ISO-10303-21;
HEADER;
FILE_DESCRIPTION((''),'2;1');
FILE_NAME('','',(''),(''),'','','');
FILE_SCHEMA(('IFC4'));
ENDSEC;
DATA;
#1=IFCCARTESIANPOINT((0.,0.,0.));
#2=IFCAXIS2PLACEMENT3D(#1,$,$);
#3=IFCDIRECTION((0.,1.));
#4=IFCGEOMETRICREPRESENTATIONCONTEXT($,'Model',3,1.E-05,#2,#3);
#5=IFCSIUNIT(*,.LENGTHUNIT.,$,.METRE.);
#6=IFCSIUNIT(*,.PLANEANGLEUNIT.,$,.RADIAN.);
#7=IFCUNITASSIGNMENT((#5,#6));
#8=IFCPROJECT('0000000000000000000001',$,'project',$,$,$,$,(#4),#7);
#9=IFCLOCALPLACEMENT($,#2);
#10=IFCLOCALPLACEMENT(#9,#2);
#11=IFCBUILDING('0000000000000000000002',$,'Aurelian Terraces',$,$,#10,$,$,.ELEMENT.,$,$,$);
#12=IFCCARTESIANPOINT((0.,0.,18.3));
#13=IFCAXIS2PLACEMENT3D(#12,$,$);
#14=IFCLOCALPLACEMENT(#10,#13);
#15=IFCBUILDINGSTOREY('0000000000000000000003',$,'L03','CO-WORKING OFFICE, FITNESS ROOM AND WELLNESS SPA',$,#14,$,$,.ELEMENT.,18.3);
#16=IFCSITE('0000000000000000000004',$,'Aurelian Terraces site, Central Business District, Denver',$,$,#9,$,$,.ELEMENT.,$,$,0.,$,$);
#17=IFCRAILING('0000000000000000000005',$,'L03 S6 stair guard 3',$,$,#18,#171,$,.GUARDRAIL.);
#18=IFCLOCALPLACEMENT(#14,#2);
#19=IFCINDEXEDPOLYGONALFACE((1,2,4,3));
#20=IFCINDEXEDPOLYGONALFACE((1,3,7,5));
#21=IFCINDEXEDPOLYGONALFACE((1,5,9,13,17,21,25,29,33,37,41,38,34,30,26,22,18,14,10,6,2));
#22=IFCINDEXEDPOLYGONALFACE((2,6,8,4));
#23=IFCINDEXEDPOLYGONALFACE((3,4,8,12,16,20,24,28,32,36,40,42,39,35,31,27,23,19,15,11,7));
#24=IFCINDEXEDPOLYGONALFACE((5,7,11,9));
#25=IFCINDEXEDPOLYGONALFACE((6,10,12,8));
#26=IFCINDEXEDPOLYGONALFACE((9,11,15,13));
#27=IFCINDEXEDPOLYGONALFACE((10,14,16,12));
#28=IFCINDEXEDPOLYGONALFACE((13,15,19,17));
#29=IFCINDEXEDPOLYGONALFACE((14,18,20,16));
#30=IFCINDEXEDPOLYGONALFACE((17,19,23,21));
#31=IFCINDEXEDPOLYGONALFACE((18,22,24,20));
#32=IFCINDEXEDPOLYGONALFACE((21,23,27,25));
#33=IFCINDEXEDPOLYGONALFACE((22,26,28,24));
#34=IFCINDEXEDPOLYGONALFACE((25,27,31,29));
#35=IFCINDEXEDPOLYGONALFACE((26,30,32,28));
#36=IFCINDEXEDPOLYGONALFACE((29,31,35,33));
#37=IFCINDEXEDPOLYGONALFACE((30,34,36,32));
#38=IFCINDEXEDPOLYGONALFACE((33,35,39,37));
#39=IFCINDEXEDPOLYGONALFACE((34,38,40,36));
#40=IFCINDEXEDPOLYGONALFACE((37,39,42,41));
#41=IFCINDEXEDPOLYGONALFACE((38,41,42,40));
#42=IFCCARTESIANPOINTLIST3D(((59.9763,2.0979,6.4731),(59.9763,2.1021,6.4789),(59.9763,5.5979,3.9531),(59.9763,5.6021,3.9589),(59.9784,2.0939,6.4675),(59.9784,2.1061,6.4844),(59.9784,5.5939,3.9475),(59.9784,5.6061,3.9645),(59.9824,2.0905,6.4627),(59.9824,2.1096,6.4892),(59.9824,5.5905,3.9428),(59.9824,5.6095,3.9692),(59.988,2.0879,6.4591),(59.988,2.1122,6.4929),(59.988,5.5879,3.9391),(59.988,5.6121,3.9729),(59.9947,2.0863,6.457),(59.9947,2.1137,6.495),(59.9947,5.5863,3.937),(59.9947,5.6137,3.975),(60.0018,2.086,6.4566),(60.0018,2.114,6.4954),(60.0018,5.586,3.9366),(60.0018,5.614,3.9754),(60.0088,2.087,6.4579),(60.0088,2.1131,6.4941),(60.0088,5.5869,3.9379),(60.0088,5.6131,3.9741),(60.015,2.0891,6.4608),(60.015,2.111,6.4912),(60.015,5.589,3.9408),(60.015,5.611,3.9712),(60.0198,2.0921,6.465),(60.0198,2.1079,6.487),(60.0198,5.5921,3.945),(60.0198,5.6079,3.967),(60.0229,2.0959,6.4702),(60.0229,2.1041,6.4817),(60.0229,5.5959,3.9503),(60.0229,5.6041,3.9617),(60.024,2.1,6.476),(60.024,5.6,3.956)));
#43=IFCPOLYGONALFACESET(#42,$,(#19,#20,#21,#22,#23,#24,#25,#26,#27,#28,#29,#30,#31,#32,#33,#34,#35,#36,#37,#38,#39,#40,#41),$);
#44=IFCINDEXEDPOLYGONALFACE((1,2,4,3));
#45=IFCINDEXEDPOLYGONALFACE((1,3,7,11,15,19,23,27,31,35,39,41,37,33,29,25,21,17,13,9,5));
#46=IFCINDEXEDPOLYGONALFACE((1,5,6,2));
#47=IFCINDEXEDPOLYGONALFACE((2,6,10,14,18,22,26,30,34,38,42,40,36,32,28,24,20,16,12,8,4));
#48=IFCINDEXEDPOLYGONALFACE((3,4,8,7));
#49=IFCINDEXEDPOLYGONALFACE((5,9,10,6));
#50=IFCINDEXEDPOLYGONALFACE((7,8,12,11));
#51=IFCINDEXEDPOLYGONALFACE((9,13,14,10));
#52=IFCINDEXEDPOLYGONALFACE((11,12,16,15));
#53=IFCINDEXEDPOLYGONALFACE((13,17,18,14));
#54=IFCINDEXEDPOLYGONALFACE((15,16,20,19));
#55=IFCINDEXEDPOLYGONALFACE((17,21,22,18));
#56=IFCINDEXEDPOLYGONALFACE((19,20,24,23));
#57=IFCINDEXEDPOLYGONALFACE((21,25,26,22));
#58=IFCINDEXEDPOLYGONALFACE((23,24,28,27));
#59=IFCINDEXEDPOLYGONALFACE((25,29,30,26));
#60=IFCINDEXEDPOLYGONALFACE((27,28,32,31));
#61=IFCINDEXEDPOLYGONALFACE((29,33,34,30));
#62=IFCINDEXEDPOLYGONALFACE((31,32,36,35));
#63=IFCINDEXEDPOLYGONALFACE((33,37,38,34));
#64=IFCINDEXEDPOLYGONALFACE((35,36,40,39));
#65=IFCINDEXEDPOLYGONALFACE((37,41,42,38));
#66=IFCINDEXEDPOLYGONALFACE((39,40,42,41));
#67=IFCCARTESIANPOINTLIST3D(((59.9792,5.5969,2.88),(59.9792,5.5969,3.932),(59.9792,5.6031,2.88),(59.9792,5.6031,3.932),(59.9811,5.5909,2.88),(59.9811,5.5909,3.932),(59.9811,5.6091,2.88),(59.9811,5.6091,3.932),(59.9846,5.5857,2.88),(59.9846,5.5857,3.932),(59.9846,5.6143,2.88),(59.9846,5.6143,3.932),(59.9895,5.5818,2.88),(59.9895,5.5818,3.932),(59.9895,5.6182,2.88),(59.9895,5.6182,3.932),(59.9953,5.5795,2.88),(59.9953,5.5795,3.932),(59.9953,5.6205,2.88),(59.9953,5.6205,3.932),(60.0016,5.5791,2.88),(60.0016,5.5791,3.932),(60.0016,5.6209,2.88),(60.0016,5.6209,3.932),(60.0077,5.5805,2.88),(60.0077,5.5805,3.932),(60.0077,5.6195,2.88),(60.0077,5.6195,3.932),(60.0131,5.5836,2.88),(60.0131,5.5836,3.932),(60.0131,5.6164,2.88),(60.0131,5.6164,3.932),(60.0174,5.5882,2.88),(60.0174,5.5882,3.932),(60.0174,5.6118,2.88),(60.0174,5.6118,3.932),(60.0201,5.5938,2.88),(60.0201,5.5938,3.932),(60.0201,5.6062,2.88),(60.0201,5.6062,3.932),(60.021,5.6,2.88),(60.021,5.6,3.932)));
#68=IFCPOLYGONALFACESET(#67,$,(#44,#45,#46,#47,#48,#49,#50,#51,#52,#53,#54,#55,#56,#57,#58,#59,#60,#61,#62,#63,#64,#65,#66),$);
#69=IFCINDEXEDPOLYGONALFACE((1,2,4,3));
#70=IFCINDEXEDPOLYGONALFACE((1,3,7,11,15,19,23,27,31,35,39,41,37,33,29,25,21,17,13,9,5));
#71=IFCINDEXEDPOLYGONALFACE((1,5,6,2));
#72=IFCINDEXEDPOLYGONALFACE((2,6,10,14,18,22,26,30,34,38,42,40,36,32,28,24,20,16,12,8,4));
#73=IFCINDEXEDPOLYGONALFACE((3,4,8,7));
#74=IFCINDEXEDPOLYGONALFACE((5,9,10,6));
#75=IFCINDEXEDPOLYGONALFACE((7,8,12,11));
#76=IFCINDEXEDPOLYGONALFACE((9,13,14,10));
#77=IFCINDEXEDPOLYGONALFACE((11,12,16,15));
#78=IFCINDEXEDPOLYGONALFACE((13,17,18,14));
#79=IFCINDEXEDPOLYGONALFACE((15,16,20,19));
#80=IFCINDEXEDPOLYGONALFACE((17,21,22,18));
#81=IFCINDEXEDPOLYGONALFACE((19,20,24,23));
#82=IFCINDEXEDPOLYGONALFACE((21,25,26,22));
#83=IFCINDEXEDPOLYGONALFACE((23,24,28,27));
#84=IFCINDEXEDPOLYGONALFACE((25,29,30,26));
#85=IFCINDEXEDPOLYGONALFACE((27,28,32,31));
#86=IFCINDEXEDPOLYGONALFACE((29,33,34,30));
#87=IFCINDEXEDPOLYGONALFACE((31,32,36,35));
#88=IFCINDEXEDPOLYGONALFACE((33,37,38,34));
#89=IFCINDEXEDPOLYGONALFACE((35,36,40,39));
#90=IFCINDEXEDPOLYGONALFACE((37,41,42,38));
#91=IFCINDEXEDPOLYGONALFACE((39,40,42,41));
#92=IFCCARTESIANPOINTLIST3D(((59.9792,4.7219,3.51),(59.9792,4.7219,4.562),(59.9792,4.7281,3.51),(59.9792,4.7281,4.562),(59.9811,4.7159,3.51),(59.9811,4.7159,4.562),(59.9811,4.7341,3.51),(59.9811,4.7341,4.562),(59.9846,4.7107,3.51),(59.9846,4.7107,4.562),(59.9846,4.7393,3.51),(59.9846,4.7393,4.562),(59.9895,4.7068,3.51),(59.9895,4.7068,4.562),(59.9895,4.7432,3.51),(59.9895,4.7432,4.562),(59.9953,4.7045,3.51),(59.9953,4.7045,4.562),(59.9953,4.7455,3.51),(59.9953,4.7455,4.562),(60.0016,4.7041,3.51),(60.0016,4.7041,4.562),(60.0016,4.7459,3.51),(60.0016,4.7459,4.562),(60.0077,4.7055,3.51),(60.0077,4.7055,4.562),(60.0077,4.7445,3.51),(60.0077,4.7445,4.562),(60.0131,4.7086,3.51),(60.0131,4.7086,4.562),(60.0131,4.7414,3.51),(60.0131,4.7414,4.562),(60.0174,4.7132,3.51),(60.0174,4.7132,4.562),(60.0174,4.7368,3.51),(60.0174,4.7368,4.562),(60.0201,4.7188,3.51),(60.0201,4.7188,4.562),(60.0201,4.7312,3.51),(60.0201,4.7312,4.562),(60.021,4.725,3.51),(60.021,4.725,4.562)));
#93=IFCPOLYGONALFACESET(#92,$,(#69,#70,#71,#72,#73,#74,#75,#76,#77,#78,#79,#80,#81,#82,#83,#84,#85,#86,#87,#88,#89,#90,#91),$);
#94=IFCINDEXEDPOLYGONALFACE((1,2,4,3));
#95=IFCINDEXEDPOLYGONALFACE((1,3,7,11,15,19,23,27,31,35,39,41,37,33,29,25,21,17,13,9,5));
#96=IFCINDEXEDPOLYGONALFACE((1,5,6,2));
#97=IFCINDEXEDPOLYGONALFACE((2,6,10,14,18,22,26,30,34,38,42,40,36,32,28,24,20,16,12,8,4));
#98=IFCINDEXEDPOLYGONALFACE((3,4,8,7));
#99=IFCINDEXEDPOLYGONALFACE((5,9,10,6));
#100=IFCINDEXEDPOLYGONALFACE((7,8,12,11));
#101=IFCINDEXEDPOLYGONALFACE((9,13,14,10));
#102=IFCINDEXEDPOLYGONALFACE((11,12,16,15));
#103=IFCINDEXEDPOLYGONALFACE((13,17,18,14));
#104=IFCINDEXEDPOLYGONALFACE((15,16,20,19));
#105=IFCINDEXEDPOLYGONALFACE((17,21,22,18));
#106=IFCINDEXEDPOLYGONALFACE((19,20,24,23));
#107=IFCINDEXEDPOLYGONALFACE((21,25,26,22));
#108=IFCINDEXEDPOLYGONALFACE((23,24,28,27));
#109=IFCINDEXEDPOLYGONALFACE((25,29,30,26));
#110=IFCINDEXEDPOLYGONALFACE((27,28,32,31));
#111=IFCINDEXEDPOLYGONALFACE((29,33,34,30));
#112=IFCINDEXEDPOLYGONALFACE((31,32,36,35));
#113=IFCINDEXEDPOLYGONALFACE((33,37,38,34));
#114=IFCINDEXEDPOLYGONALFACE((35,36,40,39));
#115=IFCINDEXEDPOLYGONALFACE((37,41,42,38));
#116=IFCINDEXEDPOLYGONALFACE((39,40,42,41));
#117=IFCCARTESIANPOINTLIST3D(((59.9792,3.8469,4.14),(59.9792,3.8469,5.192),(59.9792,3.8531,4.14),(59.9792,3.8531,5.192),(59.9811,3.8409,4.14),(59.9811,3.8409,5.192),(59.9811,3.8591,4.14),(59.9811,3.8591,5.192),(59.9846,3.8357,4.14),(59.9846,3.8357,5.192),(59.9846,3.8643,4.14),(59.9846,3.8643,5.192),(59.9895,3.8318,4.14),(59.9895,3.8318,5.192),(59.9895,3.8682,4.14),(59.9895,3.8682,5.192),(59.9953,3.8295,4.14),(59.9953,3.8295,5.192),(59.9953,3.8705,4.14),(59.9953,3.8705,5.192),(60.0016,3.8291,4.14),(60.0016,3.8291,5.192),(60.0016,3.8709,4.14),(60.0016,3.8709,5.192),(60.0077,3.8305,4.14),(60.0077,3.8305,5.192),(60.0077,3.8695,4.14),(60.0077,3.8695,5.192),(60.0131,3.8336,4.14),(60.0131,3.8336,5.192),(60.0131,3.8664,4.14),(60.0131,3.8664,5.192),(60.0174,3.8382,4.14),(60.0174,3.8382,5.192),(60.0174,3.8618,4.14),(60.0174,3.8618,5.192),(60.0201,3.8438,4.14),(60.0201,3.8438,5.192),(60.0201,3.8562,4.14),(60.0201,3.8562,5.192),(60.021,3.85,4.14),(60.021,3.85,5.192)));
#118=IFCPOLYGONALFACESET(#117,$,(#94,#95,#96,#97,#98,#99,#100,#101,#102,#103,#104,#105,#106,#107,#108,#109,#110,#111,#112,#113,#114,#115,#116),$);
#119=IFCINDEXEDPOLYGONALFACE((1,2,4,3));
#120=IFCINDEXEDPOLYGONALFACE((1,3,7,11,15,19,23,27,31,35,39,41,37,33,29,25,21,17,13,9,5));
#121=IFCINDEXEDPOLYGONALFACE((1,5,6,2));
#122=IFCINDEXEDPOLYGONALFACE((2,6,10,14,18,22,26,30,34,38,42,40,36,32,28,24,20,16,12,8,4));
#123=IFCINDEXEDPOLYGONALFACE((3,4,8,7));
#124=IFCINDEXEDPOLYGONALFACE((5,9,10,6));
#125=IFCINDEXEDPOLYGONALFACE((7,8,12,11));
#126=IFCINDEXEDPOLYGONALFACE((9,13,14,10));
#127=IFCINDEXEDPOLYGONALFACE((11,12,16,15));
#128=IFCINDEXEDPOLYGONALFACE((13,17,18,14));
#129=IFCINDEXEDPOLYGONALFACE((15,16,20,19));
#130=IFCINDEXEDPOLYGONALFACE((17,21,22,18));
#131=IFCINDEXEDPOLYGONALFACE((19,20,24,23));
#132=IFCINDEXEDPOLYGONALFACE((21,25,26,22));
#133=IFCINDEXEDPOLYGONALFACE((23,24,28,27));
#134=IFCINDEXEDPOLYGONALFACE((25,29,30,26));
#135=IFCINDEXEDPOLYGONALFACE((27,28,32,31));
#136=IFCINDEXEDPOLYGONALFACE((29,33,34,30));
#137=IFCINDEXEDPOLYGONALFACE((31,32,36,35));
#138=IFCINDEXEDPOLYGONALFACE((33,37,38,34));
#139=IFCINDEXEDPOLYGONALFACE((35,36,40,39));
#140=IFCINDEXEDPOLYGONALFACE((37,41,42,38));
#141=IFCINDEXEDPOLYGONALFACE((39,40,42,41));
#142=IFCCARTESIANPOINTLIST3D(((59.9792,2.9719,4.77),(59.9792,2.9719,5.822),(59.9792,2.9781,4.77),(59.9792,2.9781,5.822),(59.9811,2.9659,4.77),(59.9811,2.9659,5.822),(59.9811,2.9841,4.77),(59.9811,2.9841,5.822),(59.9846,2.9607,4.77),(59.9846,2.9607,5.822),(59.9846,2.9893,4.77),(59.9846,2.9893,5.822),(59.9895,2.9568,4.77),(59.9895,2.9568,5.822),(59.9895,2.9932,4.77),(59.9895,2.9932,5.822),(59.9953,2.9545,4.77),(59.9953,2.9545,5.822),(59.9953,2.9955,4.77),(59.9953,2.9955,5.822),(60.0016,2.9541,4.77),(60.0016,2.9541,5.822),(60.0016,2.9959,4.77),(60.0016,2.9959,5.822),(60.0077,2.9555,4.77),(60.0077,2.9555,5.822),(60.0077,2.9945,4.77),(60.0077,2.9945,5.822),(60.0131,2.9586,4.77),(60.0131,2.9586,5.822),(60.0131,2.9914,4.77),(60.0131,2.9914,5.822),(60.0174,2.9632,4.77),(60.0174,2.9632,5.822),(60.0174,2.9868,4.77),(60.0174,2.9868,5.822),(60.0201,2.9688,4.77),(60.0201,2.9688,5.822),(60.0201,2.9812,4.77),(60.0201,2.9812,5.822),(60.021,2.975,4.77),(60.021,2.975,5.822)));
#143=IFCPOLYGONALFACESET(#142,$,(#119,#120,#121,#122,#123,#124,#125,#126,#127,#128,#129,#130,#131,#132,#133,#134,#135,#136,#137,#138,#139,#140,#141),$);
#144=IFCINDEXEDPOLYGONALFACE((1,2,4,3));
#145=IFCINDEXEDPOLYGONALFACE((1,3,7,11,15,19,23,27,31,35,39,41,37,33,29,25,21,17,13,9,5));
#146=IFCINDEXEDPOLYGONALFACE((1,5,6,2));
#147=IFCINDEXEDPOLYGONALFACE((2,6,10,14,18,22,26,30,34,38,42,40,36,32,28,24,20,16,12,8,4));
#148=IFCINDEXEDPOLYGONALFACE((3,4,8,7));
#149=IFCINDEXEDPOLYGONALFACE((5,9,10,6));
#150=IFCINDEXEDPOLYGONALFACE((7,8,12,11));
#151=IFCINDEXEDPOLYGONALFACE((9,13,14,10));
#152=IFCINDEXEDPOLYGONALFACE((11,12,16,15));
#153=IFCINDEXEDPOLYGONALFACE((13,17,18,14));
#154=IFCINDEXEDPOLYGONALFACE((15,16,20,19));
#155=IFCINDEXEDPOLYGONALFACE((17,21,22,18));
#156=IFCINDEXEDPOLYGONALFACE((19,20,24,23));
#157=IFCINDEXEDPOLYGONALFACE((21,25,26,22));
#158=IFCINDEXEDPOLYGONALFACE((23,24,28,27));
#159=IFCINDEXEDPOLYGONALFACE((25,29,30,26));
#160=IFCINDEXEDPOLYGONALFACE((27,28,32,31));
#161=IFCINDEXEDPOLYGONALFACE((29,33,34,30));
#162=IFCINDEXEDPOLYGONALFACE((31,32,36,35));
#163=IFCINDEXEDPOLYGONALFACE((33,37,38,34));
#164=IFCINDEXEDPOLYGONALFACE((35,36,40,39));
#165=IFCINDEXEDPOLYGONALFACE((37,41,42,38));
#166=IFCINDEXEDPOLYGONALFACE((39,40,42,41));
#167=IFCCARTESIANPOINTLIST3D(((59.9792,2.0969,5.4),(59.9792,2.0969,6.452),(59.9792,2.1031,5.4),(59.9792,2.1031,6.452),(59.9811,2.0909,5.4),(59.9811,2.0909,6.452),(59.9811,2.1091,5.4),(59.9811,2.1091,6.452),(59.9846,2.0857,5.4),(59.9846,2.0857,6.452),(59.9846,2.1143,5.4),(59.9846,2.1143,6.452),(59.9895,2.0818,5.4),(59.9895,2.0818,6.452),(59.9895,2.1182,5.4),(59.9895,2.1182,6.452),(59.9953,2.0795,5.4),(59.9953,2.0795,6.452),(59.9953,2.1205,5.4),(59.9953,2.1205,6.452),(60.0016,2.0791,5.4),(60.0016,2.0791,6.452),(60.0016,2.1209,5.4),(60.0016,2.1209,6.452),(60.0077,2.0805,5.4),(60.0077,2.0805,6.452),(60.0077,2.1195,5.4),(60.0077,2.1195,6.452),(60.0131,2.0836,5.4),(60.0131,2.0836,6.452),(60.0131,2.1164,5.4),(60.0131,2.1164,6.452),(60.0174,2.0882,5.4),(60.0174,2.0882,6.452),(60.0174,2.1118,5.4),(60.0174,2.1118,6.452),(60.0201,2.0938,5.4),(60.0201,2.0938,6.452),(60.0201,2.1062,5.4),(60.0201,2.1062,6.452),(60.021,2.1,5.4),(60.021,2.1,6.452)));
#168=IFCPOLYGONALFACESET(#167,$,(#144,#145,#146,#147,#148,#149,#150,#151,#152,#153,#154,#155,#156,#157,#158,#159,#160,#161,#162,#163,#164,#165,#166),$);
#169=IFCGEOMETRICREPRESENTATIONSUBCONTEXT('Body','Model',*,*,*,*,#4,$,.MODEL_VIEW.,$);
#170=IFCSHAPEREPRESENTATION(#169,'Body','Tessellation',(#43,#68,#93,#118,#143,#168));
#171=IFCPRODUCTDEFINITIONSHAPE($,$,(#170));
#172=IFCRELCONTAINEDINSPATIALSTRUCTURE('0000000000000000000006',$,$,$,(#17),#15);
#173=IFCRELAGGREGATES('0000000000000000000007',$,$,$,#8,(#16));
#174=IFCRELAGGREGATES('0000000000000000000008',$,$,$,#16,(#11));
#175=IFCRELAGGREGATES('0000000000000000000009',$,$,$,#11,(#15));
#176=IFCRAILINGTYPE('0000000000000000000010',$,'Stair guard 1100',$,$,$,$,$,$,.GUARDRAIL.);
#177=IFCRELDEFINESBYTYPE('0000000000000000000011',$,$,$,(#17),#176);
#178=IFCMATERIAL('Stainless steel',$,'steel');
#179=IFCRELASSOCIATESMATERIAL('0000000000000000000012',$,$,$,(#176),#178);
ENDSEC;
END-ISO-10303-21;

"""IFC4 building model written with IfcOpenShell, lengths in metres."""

from ifc_helpers import new_model, si_unit, direction, frame, origin, origin_2d, place, context, subcontext, project, spatial, circle, extrude, source, transform, mapped, material, type_object, element, save


model = new_model("IFC4")

# Units and contexts
model_context = context("Model", 3, precision=1e-05, world=origin(), true_north=direction((0.0, 1.0)))
body_context = subcontext(model_context, "Body", "Model", "MODEL_VIEW")
ifc_project = project(units=[si_unit("LENGTHUNIT", "METRE"), si_unit("PLANEANGLEUNIT", "RADIAN")], contexts=[model_context])

# Site, building, storey
site_placement = place(None, origin())
site = spatial("IfcSite", under=ifc_project, at=site_placement, Name="Aurelian Terraces site, Central Business District, Denver", CompositionType="ELEMENT", RefElevation=0.0)
building_placement = place(site_placement, origin())
building = spatial("IfcBuilding", under=site, at=building_placement, Name="Aurelian Terraces", CompositionType="ELEMENT")
storey_placement = place(building_placement, frame((0.0, 0.0, 18.3)))
storey = spatial("IfcBuildingStorey", under=building, at=storey_placement, Name="L03", Description="CO-WORKING OFFICE, FITNESS ROOM AND WELLNESS SPA", CompositionType="ELEMENT", Elevation=18.3)

# Railing
ifc_material_1 = material(Name="Stainless steel", Category="steel")
railing_type_1 = type_object("IfcRailingType", Name="Stair guard 1100", PredefinedType="GUARDRAIL", material=ifc_material_1)
shared_shape_1 = source(origin(), body_context, "Body", "SweptSolid", [
    extrude(circle(Radius=0.024, at=origin_2d()), frame((0.0, 0.0, 1.076), z_axis=(0.0, -0.811534, 0.584305), x_axis=(1.0, 0.0, 0.0)), (0.0, 0.0, 1.0), 4.3128),
    extrude(circle(Radius=0.021, at=origin_2d()), origin(), (0.0, 0.0, 1.0), 1.052),
    extrude(circle(Radius=0.021, at=origin_2d()), frame((0.0, -0.875, 0.63)), (0.0, 0.0, 1.0), 1.052),
    extrude(circle(Radius=0.021, at=origin_2d()), frame((0.0, -1.75, 1.26)), (0.0, 0.0, 1.0), 1.052),
    extrude(circle(Radius=0.021, at=origin_2d()), frame((0.0, -2.625, 1.89)), (0.0, 0.0, 1.0), 1.052),
    extrude(circle(Radius=0.021, at=origin_2d()), frame((0.0, -3.5, 2.52)), (0.0, 0.0, 1.0), 1.052),
])
railing_1_placement = place(storey_placement, frame((60.0, 5.6, 2.88)))
element("IfcRailing", 1, at=railing_1_placement, inside=storey, type_object=railing_type_1, Name="L03 S6 stair guard 3", PredefinedType="GUARDRAIL", context=body_context, shape_type="MappedRepresentation", body=[
    mapped(shared_shape_1, transform((0.0, 0.0, 0.0), scale=1.0)),
])

save(model, "model.ifc")
